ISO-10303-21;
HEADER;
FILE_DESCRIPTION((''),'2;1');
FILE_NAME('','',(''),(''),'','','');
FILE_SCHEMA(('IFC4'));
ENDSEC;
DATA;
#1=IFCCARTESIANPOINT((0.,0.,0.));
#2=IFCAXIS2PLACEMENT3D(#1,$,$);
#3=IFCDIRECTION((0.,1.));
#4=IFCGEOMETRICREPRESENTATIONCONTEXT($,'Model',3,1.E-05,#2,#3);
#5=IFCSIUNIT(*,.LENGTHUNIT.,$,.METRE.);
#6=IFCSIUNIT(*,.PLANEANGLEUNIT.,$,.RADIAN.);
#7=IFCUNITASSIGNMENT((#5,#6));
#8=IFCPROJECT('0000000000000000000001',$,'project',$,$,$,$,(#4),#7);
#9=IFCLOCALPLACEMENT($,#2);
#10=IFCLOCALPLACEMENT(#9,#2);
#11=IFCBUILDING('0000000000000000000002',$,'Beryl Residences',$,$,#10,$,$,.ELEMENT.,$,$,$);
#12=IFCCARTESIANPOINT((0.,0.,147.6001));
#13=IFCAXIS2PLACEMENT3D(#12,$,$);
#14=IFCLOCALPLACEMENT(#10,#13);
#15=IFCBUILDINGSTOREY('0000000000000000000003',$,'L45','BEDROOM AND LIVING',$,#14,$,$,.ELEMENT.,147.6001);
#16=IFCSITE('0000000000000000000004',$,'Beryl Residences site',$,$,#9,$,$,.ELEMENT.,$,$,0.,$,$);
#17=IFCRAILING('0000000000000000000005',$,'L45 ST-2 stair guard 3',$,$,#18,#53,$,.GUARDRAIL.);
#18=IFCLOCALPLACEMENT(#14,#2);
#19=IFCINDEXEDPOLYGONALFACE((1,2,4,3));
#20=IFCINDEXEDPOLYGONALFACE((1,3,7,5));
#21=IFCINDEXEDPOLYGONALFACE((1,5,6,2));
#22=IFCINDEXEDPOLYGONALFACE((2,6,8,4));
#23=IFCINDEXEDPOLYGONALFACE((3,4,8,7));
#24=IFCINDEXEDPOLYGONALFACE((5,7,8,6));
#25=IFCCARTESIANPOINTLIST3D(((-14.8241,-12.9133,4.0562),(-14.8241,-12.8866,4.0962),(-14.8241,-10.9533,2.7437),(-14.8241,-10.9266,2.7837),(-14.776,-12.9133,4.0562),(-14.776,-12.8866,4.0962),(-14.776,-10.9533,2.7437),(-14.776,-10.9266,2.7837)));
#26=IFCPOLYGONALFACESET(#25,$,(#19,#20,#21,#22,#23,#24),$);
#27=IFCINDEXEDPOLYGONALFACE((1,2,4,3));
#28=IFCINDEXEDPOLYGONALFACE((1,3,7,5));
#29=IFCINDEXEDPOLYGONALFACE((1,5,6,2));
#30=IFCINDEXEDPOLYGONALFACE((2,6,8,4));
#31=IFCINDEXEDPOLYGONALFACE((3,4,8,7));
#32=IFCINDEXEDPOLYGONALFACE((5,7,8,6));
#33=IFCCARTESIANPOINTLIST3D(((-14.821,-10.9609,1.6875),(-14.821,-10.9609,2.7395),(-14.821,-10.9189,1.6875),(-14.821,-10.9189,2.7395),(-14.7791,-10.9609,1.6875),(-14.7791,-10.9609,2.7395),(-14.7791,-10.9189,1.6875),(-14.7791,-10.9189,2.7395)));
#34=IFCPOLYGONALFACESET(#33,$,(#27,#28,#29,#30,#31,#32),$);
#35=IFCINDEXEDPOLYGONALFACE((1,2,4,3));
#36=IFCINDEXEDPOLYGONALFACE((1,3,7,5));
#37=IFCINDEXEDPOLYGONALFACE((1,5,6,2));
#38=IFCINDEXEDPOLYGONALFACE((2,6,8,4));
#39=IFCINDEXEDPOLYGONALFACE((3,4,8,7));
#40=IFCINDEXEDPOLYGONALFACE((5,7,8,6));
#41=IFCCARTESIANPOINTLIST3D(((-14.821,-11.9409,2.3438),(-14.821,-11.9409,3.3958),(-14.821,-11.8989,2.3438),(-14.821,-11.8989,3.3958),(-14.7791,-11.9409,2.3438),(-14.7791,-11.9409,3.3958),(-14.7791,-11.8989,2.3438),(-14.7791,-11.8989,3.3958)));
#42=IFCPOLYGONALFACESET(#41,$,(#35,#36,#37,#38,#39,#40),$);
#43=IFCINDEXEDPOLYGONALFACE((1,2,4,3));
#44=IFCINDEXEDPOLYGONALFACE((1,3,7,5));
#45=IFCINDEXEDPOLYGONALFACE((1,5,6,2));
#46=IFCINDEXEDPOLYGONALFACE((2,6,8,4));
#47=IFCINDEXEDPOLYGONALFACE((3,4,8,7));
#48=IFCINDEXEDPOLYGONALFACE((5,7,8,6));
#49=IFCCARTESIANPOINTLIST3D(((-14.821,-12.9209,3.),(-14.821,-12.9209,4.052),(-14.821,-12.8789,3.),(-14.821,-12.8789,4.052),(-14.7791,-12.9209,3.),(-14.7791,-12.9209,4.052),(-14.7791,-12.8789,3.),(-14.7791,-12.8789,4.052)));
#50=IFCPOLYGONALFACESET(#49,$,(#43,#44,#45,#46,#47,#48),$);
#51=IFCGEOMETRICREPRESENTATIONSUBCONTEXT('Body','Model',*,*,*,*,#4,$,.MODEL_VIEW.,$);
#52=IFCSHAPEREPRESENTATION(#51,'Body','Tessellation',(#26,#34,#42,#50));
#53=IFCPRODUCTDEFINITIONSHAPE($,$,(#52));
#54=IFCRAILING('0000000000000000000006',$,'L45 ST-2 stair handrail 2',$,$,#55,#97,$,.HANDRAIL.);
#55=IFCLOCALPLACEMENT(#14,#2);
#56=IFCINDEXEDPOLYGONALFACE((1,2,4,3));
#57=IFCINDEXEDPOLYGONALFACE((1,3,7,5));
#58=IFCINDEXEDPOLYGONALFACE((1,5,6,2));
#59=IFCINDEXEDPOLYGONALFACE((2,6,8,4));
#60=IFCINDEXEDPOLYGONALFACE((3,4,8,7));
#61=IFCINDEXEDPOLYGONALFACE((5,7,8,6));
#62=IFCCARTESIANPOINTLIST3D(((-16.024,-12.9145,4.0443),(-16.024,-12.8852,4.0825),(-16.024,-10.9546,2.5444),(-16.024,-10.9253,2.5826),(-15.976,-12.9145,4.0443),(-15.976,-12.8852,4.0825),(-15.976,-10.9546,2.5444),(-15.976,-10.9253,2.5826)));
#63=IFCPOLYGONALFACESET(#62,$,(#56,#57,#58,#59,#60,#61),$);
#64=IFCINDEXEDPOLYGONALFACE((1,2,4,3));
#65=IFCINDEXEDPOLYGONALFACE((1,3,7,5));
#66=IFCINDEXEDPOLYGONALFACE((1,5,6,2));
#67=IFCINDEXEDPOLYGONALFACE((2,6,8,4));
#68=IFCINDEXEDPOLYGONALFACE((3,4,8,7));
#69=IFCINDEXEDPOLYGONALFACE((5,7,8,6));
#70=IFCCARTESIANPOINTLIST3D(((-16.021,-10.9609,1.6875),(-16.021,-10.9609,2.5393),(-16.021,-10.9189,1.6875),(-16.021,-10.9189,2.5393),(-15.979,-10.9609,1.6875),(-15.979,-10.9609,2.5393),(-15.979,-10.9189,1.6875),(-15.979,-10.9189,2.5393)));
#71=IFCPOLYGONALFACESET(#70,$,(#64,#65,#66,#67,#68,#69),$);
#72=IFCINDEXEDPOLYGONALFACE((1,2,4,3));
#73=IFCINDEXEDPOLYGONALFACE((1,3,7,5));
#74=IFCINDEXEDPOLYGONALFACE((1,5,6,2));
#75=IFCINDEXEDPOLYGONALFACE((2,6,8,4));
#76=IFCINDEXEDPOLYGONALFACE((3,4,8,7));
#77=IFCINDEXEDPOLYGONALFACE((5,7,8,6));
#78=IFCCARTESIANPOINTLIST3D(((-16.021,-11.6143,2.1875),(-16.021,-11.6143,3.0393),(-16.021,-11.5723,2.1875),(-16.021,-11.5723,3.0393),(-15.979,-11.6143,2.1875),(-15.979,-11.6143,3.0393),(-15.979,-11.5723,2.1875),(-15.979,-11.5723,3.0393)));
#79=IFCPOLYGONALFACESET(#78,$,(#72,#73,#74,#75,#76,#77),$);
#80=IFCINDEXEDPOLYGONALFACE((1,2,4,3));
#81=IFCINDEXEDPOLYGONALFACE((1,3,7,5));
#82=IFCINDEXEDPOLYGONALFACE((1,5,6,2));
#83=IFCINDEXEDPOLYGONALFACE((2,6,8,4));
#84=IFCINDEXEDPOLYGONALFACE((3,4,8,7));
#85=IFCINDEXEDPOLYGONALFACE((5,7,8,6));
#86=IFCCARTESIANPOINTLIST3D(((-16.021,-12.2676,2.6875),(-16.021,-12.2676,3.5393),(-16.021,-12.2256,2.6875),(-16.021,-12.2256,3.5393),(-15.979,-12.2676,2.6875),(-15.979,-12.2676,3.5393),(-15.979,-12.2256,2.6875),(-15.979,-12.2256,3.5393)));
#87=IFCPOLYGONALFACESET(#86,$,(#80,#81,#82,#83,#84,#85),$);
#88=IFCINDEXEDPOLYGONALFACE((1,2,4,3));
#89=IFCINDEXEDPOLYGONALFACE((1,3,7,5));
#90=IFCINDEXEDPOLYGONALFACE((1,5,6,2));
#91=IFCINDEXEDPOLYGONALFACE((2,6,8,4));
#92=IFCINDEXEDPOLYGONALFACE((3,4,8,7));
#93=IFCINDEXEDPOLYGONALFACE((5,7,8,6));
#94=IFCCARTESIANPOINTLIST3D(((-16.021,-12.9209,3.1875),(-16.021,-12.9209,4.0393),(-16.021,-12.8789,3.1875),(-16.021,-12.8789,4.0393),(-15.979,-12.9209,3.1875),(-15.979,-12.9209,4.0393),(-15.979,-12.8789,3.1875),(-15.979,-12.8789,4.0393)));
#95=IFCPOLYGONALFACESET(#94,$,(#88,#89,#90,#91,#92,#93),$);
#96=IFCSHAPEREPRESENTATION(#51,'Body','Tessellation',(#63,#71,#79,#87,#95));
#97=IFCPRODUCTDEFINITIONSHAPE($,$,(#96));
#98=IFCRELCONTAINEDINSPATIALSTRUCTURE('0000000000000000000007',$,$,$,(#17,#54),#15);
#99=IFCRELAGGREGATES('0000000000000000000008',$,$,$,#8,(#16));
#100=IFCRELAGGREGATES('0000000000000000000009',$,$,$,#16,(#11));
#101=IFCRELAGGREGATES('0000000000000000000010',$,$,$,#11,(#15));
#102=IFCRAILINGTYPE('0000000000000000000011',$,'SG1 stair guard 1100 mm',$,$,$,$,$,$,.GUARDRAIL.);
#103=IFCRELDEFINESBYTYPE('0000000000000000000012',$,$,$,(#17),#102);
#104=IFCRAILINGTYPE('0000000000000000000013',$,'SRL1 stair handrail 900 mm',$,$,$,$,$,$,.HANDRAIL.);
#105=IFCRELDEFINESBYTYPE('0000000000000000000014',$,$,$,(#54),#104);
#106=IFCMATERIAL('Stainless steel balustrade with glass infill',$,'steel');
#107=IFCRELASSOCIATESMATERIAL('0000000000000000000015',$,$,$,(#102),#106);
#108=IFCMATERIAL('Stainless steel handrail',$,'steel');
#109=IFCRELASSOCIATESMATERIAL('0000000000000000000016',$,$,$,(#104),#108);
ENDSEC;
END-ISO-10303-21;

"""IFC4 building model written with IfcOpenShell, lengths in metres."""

from ifc_helpers import new_model, si_unit, direction, frame, origin, origin_2d, place, context, subcontext, project, spatial, rectangle, extrude, material, type_object, element, save


model = new_model("IFC4")

# Units and contexts
model_context = context("Model", 3, precision=1e-05, world=origin(), true_north=direction((0.0, 1.0)))
body_context = subcontext(model_context, "Body", "Model", "MODEL_VIEW")
ifc_project = project(units=[si_unit("LENGTHUNIT", "METRE"), si_unit("PLANEANGLEUNIT", "RADIAN")], contexts=[model_context])

# Site, building, storey
site_placement = place(None, origin())
site = spatial("IfcSite", under=ifc_project, at=site_placement, Name="Beryl Residences site", CompositionType="ELEMENT", RefElevation=0.0)
building_placement = place(site_placement, origin())
building = spatial("IfcBuilding", under=site, at=building_placement, Name="Beryl Residences", CompositionType="ELEMENT")
storey_placement = place(building_placement, frame((0.0, 0.0, 147.6001)))
storey = spatial("IfcBuildingStorey", under=building, at=storey_placement, Name="L45", Description="BEDROOM AND LIVING", CompositionType="ELEMENT", Elevation=147.6001)

# Railings
ifc_material_1 = material(Name="Stainless steel balustrade with glass infill", Category="steel")
railing_type_1 = type_object("IfcRailingType", Name="SG1 stair guard 1100 mm", PredefinedType="GUARDRAIL", material=ifc_material_1)
railing_1_placement = place(storey_placement, frame((-14.8, -10.9399, 1.6875)))
element("IfcRailing", 1, at=railing_1_placement, inside=storey, type_object=railing_type_1, Name="L45 ST-2 stair guard 3", PredefinedType="GUARDRAIL", context=body_context, shape_type="SweptSolid", body=[
    extrude(rectangle(XDim=0.0481, YDim=0.0481, at=origin_2d()), frame((0.0, 0.0, 1.0762), z_axis=(0.0, -0.830902, 0.556419), x_axis=(1.0, 0.0, 0.0)), (0.0, 0.0, 1.0), 2.3589),
    extrude(rectangle(XDim=0.042, YDim=0.042, at=origin_2d()), origin(), (0.0, 0.0, 1.0), 1.052),
    extrude(rectangle(XDim=0.042, YDim=0.042, at=origin_2d()), frame((0.0, -0.98, 0.6562)), (0.0, 0.0, 1.0), 1.052),
    extrude(rectangle(XDim=0.042, YDim=0.042, at=origin_2d()), frame((0.0, -1.96, 1.3125)), (0.0, 0.0, 1.0), 1.052),
])
ifc_material_2 = material(Name="Stainless steel handrail", Category="steel")
railing_type_2 = type_object("IfcRailingType", Name="SRL1 stair handrail 900 mm", PredefinedType="HANDRAIL", material=ifc_material_2)
railing_2_placement = place(storey_placement, frame((-16.0, -10.9399, 1.6875)))
element("IfcRailing", 2, at=railing_2_placement, inside=storey, type_object=railing_type_2, Name="L45 ST-2 stair handrail 2", PredefinedType="HANDRAIL", context=body_context, shape_type="SweptSolid", body=[
    extrude(rectangle(XDim=0.0481, YDim=0.0481, at=origin_2d()), frame((0.0, 0.0, 0.876), z_axis=(0.0, -0.794122, 0.607758), x_axis=(1.0, 0.0, 0.0)), (0.0, 0.0, 1.0), 2.468),
    extrude(rectangle(XDim=0.042, YDim=0.042, at=origin_2d()), origin(), (0.0, 0.0, 1.0), 0.8518),
    extrude(rectangle(XDim=0.042, YDim=0.042, at=origin_2d()), frame((0.0, -0.6533, 0.5)), (0.0, 0.0, 1.0), 0.8518),
    extrude(rectangle(XDim=0.042, YDim=0.042, at=origin_2d()), frame((0.0, -1.3066, 1.0)), (0.0, 0.0, 1.0), 0.8518),
    extrude(rectangle(XDim=0.042, YDim=0.042, at=origin_2d()), frame((0.0, -1.96, 1.5)), (0.0, 0.0, 1.0), 0.8518),
])

save(model, "model.ifc")
